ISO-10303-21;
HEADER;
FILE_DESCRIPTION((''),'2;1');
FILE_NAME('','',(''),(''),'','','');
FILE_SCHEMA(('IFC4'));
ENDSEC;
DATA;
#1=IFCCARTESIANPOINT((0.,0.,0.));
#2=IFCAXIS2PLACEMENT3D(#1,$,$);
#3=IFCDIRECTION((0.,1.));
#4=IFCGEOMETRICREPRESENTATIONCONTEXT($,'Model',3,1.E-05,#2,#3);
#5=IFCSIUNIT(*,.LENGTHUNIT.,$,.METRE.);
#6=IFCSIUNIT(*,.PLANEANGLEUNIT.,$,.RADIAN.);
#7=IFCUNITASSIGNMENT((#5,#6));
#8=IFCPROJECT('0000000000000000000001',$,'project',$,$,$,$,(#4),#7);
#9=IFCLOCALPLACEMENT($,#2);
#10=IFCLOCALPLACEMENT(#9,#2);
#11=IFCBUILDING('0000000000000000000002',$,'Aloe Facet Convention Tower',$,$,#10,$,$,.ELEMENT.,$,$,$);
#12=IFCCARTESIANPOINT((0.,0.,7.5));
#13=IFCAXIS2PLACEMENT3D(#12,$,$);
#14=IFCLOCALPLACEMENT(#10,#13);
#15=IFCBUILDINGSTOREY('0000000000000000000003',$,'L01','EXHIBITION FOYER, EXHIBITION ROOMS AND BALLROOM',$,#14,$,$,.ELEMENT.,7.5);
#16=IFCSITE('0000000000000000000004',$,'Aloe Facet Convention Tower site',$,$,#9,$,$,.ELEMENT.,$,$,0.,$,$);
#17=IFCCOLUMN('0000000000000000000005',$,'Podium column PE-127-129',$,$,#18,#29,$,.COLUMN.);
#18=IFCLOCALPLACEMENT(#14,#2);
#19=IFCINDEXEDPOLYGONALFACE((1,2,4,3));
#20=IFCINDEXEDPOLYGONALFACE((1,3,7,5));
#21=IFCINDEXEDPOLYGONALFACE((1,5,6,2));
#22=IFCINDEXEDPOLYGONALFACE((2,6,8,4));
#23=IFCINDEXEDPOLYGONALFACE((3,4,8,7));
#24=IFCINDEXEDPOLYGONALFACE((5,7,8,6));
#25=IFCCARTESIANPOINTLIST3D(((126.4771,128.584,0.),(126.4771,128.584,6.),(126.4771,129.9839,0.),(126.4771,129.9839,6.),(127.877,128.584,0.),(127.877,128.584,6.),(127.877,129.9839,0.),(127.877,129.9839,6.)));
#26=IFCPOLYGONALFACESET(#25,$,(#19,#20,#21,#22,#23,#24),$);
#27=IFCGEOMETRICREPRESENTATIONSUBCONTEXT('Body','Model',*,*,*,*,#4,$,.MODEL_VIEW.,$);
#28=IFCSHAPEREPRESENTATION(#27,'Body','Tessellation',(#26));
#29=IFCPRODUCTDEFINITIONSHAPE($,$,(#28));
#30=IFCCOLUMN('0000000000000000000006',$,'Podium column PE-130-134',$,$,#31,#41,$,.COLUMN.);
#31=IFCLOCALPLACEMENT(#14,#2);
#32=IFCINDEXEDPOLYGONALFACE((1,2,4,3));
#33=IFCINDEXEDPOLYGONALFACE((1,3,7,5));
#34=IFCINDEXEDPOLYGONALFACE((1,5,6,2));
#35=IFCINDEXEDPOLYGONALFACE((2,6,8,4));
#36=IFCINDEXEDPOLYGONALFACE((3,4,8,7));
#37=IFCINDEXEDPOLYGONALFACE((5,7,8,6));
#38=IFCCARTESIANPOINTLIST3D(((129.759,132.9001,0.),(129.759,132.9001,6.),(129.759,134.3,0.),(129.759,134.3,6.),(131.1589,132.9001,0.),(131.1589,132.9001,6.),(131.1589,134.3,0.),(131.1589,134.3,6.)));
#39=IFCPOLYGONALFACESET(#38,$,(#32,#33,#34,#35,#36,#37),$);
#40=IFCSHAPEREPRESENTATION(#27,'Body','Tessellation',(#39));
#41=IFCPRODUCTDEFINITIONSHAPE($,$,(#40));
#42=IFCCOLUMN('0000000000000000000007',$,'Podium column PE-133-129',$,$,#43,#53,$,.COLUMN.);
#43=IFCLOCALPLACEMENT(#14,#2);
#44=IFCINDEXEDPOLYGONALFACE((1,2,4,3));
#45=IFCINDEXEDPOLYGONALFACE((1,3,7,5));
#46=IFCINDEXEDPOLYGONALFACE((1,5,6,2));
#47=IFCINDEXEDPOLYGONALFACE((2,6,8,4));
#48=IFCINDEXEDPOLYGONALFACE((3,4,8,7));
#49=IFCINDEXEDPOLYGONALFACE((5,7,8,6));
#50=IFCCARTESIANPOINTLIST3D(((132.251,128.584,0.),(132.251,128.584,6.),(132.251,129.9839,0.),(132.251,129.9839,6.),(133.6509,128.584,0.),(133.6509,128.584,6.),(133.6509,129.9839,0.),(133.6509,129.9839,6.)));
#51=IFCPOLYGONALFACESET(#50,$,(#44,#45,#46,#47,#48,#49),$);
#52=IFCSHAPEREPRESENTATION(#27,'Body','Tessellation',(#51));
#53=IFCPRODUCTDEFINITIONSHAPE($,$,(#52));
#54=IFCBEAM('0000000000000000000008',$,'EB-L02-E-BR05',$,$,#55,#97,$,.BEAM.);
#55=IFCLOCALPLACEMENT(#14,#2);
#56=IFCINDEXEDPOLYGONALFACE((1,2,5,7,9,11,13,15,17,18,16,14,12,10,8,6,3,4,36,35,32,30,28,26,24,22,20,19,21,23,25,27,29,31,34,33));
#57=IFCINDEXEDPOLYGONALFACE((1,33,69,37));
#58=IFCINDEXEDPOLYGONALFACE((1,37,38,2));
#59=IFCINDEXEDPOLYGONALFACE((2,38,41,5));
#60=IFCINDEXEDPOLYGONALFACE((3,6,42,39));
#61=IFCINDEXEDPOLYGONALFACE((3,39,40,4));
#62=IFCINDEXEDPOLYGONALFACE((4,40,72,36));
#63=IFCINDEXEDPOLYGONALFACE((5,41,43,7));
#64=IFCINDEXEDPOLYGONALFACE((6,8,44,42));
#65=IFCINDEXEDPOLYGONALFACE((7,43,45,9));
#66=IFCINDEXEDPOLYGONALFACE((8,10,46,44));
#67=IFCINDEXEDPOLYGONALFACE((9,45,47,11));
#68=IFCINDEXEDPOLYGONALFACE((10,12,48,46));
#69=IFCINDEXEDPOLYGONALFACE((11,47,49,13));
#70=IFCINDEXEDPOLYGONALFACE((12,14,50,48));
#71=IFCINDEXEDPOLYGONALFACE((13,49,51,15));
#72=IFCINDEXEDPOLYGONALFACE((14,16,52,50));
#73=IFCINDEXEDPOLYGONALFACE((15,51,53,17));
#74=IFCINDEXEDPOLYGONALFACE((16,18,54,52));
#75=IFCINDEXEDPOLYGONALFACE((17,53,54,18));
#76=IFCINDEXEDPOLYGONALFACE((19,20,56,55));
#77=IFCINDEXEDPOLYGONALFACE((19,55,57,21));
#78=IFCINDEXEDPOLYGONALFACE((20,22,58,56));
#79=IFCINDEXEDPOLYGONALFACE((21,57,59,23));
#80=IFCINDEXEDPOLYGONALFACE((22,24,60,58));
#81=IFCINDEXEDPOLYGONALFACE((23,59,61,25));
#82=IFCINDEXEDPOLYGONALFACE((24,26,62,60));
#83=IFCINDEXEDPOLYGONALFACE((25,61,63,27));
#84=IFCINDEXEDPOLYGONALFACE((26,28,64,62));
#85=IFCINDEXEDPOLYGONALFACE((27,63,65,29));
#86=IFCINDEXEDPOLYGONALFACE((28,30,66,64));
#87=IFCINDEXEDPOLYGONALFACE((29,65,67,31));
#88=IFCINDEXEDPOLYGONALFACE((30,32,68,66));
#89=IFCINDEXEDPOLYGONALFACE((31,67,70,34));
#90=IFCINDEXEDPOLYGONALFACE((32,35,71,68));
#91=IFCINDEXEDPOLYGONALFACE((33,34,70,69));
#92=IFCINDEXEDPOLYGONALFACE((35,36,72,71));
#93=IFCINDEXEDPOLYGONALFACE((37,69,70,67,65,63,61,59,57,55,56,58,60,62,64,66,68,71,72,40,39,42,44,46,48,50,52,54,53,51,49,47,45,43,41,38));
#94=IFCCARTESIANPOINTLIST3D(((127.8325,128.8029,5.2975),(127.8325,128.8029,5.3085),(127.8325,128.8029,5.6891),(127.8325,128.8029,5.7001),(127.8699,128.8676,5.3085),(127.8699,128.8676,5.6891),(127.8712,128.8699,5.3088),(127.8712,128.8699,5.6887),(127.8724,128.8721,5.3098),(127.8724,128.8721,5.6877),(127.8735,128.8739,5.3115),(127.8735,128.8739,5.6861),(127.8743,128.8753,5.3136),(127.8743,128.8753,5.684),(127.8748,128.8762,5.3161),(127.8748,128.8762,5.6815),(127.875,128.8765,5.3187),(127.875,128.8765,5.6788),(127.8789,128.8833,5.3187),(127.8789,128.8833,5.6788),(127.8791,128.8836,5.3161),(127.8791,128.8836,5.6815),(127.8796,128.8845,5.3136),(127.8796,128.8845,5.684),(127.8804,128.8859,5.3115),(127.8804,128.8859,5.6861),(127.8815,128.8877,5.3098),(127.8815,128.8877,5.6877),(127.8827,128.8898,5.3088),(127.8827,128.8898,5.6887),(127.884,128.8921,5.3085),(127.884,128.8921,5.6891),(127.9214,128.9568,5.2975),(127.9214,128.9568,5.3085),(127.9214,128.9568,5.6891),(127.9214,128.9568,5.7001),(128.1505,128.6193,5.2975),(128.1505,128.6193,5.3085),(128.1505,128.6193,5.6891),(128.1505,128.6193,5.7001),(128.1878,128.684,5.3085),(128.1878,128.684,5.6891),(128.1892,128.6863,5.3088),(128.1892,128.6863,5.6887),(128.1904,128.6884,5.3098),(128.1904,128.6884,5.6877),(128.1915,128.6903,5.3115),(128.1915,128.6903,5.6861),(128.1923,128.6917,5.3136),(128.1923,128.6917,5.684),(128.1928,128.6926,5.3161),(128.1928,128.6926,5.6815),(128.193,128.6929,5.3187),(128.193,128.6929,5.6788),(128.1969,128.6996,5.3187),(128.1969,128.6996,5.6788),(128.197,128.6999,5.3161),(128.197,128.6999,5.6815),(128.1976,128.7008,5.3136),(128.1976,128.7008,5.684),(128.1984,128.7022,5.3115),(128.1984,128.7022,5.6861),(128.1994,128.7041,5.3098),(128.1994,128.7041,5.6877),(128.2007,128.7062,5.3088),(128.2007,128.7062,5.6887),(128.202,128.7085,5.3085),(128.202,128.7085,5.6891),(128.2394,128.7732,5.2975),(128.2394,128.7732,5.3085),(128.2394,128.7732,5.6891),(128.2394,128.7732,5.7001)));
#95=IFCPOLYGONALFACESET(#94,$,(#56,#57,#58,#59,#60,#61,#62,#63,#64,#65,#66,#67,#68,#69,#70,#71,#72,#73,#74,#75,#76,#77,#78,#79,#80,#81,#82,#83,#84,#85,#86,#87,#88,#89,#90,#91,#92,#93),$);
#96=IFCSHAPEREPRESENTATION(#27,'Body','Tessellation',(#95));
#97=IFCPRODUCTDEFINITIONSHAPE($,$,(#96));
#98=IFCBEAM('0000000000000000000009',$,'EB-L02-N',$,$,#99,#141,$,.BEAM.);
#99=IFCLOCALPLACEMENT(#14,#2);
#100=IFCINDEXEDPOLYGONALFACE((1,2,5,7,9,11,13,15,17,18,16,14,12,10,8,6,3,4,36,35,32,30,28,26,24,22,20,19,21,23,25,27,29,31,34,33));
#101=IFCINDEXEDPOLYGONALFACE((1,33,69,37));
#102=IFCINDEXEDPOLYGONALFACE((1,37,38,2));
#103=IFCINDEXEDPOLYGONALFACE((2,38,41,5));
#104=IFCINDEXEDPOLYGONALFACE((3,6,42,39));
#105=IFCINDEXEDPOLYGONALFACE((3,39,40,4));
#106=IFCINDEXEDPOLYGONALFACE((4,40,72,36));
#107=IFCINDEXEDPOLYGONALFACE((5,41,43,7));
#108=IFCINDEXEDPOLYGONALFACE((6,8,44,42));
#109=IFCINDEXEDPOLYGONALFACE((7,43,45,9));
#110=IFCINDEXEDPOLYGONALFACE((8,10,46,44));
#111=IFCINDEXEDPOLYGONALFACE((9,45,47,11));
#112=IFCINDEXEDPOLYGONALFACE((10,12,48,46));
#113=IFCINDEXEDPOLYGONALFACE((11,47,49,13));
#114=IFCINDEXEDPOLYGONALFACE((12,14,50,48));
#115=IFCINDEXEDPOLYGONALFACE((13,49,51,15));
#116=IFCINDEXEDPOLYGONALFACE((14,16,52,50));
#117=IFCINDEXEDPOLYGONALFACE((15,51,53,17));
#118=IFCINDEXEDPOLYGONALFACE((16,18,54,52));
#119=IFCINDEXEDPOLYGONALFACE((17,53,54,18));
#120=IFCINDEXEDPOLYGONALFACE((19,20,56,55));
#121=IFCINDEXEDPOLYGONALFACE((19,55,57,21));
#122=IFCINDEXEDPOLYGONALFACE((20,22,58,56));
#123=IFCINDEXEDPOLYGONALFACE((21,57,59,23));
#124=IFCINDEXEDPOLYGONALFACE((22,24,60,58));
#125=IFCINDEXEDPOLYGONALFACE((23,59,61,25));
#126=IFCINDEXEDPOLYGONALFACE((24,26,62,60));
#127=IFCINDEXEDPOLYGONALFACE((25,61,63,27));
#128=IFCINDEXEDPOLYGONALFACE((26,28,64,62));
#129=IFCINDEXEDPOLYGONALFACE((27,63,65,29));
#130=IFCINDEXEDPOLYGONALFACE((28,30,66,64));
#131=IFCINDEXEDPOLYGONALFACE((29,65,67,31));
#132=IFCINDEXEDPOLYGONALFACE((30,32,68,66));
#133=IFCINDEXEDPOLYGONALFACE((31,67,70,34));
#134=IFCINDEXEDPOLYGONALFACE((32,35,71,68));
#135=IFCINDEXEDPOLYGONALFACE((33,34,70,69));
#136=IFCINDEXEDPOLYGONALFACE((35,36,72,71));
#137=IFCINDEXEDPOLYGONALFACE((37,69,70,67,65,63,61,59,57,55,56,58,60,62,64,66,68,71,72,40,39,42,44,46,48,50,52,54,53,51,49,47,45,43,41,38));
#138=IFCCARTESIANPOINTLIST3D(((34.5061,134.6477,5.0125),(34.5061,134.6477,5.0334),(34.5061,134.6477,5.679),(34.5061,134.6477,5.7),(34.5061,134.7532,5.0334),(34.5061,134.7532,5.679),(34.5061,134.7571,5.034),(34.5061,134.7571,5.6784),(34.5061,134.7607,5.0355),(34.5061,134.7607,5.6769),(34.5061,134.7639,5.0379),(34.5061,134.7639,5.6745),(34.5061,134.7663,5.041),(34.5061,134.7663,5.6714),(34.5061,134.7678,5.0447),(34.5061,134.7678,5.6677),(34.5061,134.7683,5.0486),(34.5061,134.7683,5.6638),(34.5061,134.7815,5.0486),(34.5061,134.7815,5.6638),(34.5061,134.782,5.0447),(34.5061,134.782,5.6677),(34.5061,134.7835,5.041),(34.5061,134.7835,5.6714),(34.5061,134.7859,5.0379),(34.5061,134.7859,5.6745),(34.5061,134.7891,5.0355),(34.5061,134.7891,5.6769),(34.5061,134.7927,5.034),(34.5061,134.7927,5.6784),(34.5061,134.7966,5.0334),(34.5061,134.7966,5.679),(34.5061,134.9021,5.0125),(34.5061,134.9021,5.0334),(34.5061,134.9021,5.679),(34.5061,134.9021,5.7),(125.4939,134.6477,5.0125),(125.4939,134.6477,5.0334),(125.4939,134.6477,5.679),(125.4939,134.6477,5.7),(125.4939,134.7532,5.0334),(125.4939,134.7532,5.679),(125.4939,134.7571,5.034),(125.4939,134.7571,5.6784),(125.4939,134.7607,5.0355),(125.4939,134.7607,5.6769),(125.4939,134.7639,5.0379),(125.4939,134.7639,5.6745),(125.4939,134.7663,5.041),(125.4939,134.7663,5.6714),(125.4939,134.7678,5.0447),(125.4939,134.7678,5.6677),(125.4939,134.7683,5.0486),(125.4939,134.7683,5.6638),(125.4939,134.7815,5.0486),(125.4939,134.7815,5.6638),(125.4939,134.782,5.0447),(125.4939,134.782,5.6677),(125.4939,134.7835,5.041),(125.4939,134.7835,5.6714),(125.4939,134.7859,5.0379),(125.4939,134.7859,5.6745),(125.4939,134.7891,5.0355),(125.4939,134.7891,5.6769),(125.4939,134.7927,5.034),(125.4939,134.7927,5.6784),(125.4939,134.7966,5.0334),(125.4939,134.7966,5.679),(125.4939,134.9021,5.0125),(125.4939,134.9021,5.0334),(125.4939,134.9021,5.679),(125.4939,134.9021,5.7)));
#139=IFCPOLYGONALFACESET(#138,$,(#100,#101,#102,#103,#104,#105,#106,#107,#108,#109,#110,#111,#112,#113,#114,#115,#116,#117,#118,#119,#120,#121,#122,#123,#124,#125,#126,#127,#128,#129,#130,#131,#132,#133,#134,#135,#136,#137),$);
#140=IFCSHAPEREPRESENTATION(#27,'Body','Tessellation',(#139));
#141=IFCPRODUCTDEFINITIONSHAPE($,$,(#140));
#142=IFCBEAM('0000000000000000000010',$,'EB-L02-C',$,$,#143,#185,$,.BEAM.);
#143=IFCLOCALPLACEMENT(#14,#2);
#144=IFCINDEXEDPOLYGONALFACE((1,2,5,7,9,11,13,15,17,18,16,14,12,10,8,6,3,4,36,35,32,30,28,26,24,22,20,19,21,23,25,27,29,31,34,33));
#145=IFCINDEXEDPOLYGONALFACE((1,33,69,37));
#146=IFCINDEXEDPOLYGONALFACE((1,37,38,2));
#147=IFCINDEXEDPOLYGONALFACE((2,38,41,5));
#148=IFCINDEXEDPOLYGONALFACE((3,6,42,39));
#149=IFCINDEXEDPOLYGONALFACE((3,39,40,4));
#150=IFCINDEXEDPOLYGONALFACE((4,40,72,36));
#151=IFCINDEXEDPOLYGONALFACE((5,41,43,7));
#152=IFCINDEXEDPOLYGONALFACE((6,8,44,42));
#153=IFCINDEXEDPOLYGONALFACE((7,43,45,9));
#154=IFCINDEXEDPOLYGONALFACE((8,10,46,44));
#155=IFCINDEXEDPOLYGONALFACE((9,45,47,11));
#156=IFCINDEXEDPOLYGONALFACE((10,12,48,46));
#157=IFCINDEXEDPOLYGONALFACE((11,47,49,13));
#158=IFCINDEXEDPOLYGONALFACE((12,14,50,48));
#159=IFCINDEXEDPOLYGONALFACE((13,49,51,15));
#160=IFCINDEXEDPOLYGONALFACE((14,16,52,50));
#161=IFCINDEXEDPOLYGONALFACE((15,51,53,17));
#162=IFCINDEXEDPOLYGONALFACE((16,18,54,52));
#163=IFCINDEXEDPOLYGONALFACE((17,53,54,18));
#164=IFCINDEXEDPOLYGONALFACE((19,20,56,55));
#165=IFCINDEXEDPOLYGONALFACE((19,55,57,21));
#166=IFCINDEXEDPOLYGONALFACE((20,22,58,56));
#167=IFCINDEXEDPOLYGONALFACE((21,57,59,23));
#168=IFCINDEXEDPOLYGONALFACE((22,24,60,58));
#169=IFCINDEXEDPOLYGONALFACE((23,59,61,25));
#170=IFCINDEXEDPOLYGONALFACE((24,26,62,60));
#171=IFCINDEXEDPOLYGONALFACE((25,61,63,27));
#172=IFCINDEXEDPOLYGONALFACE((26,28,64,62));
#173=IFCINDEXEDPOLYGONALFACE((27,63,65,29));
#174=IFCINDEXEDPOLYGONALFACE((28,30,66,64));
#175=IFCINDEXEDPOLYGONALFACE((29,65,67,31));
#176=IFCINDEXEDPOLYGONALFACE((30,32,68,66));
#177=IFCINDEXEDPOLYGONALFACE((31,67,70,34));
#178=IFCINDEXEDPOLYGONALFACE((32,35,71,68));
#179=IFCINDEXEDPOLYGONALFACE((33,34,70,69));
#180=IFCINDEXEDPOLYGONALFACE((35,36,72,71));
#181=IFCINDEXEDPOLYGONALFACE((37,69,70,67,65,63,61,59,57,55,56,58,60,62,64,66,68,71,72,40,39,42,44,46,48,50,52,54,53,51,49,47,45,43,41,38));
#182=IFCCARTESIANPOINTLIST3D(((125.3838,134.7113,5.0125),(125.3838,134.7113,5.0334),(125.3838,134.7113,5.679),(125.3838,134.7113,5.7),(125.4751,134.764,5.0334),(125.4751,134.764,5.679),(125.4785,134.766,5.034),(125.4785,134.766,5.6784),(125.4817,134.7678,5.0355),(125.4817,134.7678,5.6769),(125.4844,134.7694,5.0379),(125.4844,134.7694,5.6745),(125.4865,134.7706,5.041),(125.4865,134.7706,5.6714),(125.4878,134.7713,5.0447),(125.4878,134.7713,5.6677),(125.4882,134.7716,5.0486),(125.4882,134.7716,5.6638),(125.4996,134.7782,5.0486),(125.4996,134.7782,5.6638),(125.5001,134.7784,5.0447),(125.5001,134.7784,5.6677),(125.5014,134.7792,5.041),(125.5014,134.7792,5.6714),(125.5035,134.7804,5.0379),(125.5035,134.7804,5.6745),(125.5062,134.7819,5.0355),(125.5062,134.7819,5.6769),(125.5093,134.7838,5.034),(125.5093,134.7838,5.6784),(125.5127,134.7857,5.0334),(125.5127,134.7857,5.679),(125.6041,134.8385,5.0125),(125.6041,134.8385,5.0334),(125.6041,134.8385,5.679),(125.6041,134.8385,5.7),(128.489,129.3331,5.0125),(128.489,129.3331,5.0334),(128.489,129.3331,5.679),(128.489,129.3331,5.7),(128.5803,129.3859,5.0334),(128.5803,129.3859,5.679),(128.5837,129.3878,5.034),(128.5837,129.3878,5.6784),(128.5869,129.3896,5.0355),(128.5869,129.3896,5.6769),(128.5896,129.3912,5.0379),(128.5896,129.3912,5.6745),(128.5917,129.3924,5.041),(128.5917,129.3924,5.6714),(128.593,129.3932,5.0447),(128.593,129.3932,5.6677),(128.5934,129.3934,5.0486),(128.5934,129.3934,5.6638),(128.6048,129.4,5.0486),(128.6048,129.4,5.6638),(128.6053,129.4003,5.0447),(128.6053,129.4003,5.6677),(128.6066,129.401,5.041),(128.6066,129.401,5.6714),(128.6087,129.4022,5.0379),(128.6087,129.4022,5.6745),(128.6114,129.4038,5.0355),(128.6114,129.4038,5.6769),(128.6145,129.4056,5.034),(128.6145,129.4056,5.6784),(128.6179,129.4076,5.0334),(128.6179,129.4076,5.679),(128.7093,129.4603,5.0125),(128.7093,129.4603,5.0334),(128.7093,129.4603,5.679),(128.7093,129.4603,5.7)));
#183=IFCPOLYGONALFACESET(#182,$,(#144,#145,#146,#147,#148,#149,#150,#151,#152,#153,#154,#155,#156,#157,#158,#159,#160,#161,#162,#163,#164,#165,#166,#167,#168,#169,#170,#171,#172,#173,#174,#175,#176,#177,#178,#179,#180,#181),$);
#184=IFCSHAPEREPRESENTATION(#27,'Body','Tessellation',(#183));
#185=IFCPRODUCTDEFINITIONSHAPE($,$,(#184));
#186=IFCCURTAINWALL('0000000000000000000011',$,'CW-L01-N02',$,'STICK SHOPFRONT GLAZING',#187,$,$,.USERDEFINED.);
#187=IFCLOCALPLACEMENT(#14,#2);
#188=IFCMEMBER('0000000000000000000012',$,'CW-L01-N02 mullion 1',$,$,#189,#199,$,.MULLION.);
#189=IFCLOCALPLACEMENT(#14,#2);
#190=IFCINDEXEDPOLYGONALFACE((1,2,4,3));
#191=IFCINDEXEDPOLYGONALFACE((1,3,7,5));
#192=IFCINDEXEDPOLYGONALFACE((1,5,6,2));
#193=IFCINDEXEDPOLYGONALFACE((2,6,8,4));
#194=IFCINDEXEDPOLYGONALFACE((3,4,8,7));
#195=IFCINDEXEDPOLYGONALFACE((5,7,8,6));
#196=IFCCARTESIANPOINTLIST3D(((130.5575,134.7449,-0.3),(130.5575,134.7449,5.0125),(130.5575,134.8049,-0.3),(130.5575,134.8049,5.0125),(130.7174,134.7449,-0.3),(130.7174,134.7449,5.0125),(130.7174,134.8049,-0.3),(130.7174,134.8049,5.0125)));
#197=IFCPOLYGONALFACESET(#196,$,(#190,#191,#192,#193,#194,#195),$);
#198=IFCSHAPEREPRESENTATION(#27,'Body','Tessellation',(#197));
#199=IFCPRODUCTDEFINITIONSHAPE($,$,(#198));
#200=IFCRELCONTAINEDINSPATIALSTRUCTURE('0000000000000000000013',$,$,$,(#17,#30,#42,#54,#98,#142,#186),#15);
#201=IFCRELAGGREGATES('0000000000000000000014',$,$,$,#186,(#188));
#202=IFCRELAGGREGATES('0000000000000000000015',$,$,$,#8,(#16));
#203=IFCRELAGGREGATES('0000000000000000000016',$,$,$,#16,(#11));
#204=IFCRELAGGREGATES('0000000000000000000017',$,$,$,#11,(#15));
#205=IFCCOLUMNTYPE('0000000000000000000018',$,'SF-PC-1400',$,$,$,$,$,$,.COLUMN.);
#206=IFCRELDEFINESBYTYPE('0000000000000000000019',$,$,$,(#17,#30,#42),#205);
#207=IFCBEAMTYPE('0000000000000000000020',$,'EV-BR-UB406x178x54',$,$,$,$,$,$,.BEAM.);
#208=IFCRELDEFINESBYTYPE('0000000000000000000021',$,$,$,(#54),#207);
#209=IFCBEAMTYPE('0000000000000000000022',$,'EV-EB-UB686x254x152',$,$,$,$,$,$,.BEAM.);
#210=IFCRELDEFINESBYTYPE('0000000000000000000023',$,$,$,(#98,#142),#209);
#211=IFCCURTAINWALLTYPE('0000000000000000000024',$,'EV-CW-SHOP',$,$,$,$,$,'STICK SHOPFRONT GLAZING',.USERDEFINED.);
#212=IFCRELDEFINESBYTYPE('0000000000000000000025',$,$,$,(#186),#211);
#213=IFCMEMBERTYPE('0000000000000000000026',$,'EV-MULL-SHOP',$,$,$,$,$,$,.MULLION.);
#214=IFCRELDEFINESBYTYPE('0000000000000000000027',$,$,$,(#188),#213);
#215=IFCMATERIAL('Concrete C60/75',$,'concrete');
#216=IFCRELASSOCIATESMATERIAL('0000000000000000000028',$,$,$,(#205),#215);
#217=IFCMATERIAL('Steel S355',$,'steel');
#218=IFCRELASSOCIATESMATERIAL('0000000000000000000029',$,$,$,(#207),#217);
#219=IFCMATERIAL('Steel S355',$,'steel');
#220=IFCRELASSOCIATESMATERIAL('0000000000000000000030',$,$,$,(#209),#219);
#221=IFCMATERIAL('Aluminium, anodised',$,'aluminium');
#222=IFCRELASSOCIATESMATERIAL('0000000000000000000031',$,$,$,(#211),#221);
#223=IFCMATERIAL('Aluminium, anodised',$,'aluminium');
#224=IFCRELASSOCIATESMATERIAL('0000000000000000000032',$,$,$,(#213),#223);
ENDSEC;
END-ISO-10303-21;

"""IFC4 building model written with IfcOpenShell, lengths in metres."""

from ifc_helpers import new_model, si_unit, direction, frame, origin, origin_2d, place, context, subcontext, project, spatial, rectangle, i_section, extrude, material, material_profile, profile_set, type_object, element, aggregate, save


model = new_model("IFC4")

# Units and contexts
model_context = context("Model", 3, precision=1e-05, world=origin(), true_north=direction((0.0, 1.0)))
body_context = subcontext(model_context, "Body", "Model", "MODEL_VIEW")
ifc_project = project(units=[si_unit("LENGTHUNIT", "METRE"), si_unit("PLANEANGLEUNIT", "RADIAN")], contexts=[model_context])

# Site, building, storey
site_placement = place(None, origin())
site = spatial("IfcSite", under=ifc_project, at=site_placement, Name="Aloe Facet Convention Tower site", CompositionType="ELEMENT", RefElevation=0.0)
building_placement = place(site_placement, origin())
building = spatial("IfcBuilding", under=site, at=building_placement, Name="Aloe Facet Convention Tower", CompositionType="ELEMENT")
storey_placement = place(building_placement, frame((0.0, 0.0, 7.5)))
storey = spatial("IfcBuildingStorey", under=building, at=storey_placement, Name="L01", Description="EXHIBITION FOYER, EXHIBITION ROOMS AND BALLROOM", CompositionType="ELEMENT", Elevation=7.5)

# Columns
ifc_material_1 = material(Name="Concrete C60/75", Category="concrete")
ifc_material_profile_1 = material_profile(ifc_material_1, rectangle(XDim=1.3999, YDim=1.3999, at=origin_2d()), Name="SF-PC-1400")
ifc_profile_set_1 = profile_set([ifc_material_profile_1], Name="Concrete C60/75")
column_type = type_object("IfcColumnType", Name="SF-PC-1400", PredefinedType="COLUMN", material=ifc_profile_set_1)
for number, where, z_axis, x_axis, name in (
    (1, (127.177, 129.2839, 0.0), (0.0, 0.0, 1.0), (1.0, 0.0, 0.0), "Podium column PE-127-129"),
    (2, (130.459, 133.6001, 0.0), (0.0, 0.0, 1.0), (1.0, 0.0, 0.0), "Podium column PE-130-134"),
    (3, (132.9509, 129.2839, 0.0), (0.0, 0.0, 1.0), (1.0, 0.0, 0.0), "Podium column PE-133-129"),
):
    element("IfcColumn", number, at=place(storey_placement, frame(where, z_axis=z_axis, x_axis=x_axis)), inside=storey, type_object=column_type, Name=name, PredefinedType="COLUMN", context=body_context, shape_type="SweptSolid", body=[
        extrude(rectangle(XDim=1.3999, YDim=1.3999, at=origin_2d()), origin(), (0.0, 0.0, 1.0), 6.0),
    ])

# Beams
ifc_material_2 = material(Name="Steel S355", Category="steel")
ifc_material_profile_2 = material_profile(ifc_material_2, i_section(OverallWidth=0.1777, OverallDepth=0.4026, WebThickness=0.0078, FlangeThickness=0.011, FilletRadius=0.0103, at=origin_2d()), Name="UB 406x178x54")
ifc_profile_set_2 = profile_set([ifc_material_profile_2], Name="Steel S355")
beam_type_1 = type_object("IfcBeamType", Name="EV-BR-UB406x178x54", PredefinedType="BEAM", material=ifc_profile_set_2)
beam_1_placement = place(storey_placement, frame((127.877, 128.8799, 5.4988), z_axis=(0.865942, -0.500145, 0.0), x_axis=(0.500145, 0.865942, 0.0)))
element("IfcBeam", 4, at=beam_1_placement, inside=storey, type_object=beam_type_1, Name="EB-L02-E-BR05", PredefinedType="BEAM", context=body_context, shape_type="SweptSolid", body=[
    extrude(i_section(OverallWidth=0.1777, OverallDepth=0.4026, WebThickness=0.0078, FlangeThickness=0.011, FilletRadius=0.0103, at=origin_2d()), origin(), (0.0, 0.0, 1.0), 0.3672),
])
ifc_material_3 = material(Name="Steel S355", Category="steel")
ifc_material_profile_3 = material_profile(ifc_material_3, i_section(OverallWidth=0.2544, OverallDepth=0.6875, WebThickness=0.0132, FlangeThickness=0.021, FilletRadius=0.0151, at=origin_2d()), Name="UB 686x254x152")
ifc_profile_set_3 = profile_set([ifc_material_profile_3], Name="Steel S355")
beam_type_2 = type_object("IfcBeamType", Name="EV-EB-UB686x254x152", PredefinedType="BEAM", material=ifc_profile_set_3)
beam_2_placement = place(storey_placement, frame((125.4939, 134.7749, 5.3562), z_axis=(-1.0, 0.0, 0.0), x_axis=(0.0, -1.0, 0.0)))
element("IfcBeam", 5, at=beam_2_placement, inside=storey, type_object=beam_type_2, Name="EB-L02-N", PredefinedType="BEAM", context=body_context, shape_type="SweptSolid", body=[
    extrude(i_section(OverallWidth=0.2544, OverallDepth=0.6875, WebThickness=0.0132, FlangeThickness=0.021, FilletRadius=0.0151, at=origin_2d()), origin(), (0.0, 0.0, 1.0), 90.9878),
])
beam_3_placement = place(storey_placement, frame((128.5991, 129.3967, 5.3562), z_axis=(-0.500016, 0.866016, 0.0), x_axis=(-0.866016, -0.500016, 0.0)))
element("IfcBeam", 6, at=beam_3_placement, inside=storey, type_object=beam_type_2, Name="EB-L02-C", PredefinedType="BEAM", context=body_context, shape_type="SweptSolid", body=[
    extrude(i_section(OverallWidth=0.2544, OverallDepth=0.6875, WebThickness=0.0132, FlangeThickness=0.021, FilletRadius=0.0151, at=origin_2d()), origin(), (0.0, 0.0, 1.0), 6.2102),
])

# Curtain wall, member
ifc_material_4 = material(Name="Aluminium, anodised", Category="aluminium")
curtain_wall_type = type_object("IfcCurtainWallType", Name="EV-CW-SHOP", ElementType="STICK SHOPFRONT GLAZING", PredefinedType="USERDEFINED", material=ifc_material_4)
curtain_wall_1_placement = place(storey_placement, origin())
curtain_wall_1 = element("IfcCurtainWall", 7, at=curtain_wall_1_placement, inside=storey, type_object=curtain_wall_type, Name="CW-L01-N02", ObjectType="STICK SHOPFRONT GLAZING", PredefinedType="USERDEFINED")
ifc_material_5 = material(Name="Aluminium, anodised", Category="aluminium")
ifc_material_profile_4 = material_profile(ifc_material_5, rectangle(XDim=0.0601, YDim=0.1599, at=origin_2d()), Name="AL 60x160")
ifc_profile_set_4 = profile_set([ifc_material_profile_4], Name="Aluminium, anodised")
member_type_1 = type_object("IfcMemberType", Name="EV-MULL-SHOP", PredefinedType="MULLION", material=ifc_profile_set_4)
member_1_placement = place(storey_placement, frame((130.6375, 134.7749, -0.3), z_axis=(0.0, 0.0, 1.0), x_axis=(0.0, -1.0, 0.0)))
member_1 = element("IfcMember", 8, at=member_1_placement, type_object=member_type_1, Name="CW-L01-N02 mullion 1", PredefinedType="MULLION", context=body_context, shape_type="SweptSolid", body=[
    extrude(rectangle(XDim=0.0601, YDim=0.1599, at=origin_2d()), origin(), (0.0, 0.0, 1.0), 5.3125),
])

aggregate(curtain_wall_1, [member_1])

save(model, "model.ifc")
